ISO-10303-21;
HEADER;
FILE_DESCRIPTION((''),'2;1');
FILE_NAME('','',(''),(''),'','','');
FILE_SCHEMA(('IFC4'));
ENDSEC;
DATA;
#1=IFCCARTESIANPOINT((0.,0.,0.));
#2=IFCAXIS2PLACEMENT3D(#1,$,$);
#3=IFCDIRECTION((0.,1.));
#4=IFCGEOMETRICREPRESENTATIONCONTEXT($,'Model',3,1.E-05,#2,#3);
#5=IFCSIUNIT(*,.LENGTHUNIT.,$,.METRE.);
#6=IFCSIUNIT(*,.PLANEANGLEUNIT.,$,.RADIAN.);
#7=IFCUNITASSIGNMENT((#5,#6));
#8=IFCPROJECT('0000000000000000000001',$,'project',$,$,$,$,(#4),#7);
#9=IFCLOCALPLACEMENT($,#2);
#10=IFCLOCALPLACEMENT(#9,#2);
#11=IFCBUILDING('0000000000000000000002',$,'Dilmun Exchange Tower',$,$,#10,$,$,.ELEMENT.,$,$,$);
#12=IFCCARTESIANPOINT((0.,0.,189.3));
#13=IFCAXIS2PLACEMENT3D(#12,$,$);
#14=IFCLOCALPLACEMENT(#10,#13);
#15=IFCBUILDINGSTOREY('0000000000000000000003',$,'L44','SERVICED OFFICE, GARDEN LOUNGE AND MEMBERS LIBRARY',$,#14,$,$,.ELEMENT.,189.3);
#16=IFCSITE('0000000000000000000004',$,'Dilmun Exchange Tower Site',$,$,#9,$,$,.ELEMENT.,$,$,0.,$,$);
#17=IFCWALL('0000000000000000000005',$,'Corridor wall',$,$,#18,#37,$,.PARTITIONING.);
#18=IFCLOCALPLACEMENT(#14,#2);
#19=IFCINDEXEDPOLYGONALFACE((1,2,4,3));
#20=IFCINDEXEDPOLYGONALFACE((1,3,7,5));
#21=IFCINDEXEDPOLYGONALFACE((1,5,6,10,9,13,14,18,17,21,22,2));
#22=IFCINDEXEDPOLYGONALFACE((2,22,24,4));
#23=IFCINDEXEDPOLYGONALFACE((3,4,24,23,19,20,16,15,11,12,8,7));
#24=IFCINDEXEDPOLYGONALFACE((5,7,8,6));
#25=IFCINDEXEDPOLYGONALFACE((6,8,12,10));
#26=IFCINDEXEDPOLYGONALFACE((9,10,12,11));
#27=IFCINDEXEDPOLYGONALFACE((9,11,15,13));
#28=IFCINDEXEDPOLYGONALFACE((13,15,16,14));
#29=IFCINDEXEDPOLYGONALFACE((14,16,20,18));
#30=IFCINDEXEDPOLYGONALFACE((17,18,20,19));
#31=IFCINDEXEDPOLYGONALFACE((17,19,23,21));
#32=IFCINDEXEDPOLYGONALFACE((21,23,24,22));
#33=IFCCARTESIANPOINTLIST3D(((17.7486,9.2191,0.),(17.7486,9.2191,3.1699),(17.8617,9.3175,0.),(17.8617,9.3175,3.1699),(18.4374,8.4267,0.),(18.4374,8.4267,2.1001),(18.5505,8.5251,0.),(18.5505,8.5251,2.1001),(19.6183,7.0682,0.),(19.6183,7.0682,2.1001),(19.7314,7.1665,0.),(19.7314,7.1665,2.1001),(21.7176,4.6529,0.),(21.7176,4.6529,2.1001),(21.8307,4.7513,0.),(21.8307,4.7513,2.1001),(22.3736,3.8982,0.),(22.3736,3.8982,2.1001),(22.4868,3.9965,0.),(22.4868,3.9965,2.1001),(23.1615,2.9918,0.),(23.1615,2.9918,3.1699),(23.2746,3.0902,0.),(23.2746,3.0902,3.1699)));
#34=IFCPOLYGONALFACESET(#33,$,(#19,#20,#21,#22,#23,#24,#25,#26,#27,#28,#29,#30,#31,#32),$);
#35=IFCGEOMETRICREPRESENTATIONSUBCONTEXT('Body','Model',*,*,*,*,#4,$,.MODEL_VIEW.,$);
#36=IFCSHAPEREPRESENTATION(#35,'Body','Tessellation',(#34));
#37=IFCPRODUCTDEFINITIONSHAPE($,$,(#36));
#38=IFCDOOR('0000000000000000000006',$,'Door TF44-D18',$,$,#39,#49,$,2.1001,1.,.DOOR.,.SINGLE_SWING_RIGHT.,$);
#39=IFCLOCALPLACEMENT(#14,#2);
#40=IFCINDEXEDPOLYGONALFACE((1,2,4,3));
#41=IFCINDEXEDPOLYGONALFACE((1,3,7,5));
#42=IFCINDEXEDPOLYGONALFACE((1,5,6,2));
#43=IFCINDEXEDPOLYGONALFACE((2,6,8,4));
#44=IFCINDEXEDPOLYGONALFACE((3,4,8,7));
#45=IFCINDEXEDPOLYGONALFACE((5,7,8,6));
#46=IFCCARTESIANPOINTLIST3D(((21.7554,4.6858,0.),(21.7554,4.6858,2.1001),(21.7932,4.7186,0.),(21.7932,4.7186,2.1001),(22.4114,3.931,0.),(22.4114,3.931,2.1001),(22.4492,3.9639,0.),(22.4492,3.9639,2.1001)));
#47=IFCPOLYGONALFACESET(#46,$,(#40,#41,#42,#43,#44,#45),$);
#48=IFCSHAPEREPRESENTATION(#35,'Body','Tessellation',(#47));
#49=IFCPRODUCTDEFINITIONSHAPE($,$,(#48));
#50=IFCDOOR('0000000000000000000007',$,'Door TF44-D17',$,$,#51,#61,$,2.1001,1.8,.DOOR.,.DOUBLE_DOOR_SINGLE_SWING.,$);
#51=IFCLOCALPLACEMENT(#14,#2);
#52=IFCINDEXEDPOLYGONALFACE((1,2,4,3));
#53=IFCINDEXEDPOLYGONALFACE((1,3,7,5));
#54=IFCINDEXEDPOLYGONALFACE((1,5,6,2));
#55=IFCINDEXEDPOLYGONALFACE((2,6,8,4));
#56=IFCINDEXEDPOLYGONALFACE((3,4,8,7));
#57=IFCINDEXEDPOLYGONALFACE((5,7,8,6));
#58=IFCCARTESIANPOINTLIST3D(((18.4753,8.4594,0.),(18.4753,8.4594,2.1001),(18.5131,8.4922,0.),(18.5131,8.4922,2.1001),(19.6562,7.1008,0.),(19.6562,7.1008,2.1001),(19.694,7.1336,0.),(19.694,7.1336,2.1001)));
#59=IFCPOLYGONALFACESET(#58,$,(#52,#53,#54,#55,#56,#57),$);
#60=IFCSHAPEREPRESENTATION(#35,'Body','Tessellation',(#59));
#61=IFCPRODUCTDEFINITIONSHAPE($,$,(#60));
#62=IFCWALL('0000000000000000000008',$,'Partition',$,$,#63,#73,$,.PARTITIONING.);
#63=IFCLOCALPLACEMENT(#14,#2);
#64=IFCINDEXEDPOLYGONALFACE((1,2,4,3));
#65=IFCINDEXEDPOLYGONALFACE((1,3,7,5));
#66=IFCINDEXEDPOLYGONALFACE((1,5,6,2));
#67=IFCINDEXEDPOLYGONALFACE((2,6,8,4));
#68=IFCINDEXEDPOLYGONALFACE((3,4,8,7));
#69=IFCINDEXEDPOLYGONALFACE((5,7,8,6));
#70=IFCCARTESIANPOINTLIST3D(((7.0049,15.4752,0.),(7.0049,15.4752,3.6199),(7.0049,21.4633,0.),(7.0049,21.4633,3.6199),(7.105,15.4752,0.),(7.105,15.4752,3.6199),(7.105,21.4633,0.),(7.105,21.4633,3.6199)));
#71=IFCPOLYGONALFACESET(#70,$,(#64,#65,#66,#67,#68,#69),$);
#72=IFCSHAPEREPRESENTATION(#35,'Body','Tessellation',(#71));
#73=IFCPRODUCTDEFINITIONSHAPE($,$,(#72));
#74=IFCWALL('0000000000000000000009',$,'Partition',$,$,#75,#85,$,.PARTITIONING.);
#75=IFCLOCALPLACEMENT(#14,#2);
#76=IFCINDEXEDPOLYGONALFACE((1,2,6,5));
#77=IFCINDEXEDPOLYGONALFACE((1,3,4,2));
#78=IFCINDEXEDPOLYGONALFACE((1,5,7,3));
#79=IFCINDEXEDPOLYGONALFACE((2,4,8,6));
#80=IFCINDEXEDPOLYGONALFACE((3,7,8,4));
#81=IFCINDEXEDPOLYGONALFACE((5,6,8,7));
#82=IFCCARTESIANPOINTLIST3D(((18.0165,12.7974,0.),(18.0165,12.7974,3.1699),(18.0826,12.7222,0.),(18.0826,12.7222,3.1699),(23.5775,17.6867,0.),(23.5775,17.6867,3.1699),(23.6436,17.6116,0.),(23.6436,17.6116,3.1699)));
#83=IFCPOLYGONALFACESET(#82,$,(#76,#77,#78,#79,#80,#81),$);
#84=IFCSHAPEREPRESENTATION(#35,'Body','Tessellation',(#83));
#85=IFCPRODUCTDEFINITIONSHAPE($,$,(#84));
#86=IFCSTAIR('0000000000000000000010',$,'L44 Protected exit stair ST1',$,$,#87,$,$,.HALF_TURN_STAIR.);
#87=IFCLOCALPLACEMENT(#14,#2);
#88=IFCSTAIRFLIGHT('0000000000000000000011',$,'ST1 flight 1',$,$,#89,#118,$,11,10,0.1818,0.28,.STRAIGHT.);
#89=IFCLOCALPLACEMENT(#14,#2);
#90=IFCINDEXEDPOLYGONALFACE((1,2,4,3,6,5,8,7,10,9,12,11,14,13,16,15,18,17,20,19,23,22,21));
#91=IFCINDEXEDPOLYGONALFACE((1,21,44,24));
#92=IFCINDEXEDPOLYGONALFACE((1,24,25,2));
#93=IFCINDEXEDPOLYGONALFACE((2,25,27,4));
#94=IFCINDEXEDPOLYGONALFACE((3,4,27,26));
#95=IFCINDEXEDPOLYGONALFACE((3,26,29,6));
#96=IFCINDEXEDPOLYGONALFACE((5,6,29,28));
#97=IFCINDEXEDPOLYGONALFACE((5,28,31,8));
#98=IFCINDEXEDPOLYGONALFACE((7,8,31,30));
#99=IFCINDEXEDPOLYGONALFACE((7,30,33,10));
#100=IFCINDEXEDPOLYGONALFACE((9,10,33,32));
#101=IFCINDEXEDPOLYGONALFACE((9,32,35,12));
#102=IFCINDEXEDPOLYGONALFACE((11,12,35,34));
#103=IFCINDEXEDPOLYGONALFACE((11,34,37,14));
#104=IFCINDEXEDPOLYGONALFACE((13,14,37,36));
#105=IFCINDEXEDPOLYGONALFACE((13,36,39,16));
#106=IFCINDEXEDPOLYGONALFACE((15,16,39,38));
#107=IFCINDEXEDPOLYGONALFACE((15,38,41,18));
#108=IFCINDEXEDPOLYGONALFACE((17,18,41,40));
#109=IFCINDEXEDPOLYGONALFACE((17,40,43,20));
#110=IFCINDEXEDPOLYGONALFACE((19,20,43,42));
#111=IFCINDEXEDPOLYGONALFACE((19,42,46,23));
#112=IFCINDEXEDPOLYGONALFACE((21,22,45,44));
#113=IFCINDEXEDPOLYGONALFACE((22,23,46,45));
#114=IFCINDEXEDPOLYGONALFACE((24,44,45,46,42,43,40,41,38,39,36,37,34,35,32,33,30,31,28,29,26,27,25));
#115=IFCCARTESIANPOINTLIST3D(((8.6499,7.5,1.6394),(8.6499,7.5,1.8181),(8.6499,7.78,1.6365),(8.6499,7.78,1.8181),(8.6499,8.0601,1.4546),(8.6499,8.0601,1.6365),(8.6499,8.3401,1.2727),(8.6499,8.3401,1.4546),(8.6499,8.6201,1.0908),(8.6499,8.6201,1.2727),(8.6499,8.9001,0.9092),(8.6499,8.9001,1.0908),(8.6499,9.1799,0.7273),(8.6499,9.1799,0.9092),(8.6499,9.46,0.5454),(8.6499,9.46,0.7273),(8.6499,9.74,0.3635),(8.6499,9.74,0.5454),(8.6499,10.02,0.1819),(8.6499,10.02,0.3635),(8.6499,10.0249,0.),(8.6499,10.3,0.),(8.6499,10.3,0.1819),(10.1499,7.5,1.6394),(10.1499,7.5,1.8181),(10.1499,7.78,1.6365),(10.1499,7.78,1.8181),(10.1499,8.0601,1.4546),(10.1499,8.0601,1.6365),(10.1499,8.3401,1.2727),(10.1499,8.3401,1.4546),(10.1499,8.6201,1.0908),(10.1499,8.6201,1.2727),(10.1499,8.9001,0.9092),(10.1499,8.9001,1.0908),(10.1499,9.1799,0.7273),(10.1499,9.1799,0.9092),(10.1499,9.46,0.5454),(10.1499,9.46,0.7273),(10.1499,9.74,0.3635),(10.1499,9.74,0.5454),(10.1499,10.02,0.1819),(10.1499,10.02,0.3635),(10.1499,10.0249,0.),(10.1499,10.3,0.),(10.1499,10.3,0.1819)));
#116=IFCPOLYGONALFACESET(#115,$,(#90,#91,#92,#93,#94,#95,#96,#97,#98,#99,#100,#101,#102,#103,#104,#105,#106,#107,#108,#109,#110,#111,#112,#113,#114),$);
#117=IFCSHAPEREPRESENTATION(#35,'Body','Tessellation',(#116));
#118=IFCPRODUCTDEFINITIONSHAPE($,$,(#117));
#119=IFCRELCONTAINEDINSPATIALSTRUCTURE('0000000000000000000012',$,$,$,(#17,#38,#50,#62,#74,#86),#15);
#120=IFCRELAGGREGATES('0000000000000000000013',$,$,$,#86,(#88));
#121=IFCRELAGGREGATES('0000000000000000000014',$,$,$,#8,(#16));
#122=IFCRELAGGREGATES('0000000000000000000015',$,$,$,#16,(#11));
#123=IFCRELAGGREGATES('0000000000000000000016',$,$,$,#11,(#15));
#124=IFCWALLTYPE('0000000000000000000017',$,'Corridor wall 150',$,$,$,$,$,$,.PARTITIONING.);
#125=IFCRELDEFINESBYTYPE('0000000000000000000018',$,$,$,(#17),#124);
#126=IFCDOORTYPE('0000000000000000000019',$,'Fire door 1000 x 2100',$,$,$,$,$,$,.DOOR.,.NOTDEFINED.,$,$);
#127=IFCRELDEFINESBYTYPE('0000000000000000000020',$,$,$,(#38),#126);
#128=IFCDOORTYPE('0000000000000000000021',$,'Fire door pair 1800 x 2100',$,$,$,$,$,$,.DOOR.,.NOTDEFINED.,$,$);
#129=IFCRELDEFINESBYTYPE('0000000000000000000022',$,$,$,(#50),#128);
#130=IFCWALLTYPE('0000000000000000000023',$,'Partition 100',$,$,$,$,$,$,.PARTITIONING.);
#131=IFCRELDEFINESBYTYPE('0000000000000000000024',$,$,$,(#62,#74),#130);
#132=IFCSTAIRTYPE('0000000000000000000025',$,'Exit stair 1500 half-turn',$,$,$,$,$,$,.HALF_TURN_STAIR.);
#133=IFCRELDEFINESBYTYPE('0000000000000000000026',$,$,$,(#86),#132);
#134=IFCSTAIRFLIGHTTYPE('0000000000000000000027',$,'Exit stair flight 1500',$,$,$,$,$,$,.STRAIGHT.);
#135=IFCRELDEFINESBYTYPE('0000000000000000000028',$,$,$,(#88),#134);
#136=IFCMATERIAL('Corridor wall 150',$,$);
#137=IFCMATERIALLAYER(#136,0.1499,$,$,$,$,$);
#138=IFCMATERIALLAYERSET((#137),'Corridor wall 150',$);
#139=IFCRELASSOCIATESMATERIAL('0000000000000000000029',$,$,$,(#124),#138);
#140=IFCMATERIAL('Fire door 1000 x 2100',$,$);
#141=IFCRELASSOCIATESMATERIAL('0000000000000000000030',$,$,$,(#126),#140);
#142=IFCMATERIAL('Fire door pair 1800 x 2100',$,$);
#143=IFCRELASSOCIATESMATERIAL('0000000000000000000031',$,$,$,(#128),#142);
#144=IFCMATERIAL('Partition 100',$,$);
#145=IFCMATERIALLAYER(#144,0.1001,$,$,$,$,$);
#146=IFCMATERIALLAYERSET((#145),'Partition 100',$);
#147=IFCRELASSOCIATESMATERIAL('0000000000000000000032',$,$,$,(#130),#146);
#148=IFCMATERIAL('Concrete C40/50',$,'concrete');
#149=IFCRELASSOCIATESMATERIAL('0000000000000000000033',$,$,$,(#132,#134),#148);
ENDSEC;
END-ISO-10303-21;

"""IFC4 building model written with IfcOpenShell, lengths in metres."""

from ifc_helpers import new_model, si_unit, direction, frame, frame_2d, origin, place, context, subcontext, project, spatial, polyline, rectangle, outline, extrude, material, layer, layer_set, type_object, element, fill, aggregate, save


model = new_model("IFC4")

# Units and contexts
model_context = context("Model", 3, precision=1e-05, world=origin(), true_north=direction((0.0, 1.0)))
body_context = subcontext(model_context, "Body", "Model", "MODEL_VIEW")
ifc_project = project(units=[si_unit("LENGTHUNIT", "METRE"), si_unit("PLANEANGLEUNIT", "RADIAN")], contexts=[model_context])

# Site, building, storey
site_placement = place(None, origin())
site = spatial("IfcSite", under=ifc_project, at=site_placement, Name="Dilmun Exchange Tower Site", CompositionType="ELEMENT", RefElevation=0.0)
building_placement = place(site_placement, origin())
building = spatial("IfcBuilding", under=site, at=building_placement, Name="Dilmun Exchange Tower", CompositionType="ELEMENT")
storey_placement = place(building_placement, frame((0.0, 0.0, 189.3)))
storey = spatial("IfcBuildingStorey", under=building, at=storey_placement, Name="L44", Description="SERVICED OFFICE, GARDEN LOUNGE AND MEMBERS LIBRARY", CompositionType="ELEMENT", Elevation=189.3)

# Shared definitions
ifc_material_1 = material(Name="Concrete C40/50", Category="concrete")

# Shared definitions
ifc_material_2 = material(Name="Corridor wall 150")
ifc_layer_1 = layer(ifc_material_2, 0.1499)
ifc_layer_set_1 = layer_set([ifc_layer_1], Name="Corridor wall 150")
wall_type_1 = type_object("IfcWallType", Name="Corridor wall 150", PredefinedType="PARTITIONING", material=ifc_layer_set_1)

# Shared definitions
ifc_material_3 = material(Name="Fire door 1000 x 2100")
door_type_1 = type_object("IfcDoorType", Name="Fire door 1000 x 2100", OperationType="NOTDEFINED", PredefinedType="DOOR", material=ifc_material_3)

# Wall, openings, doors
wall_1_placement = place(storey_placement, frame((17.8052, 9.2683, 0.0), z_axis=(0.0, 0.0, 1.0), x_axis=(0.656027, -0.754737, 0.0)))
wall_1 = element("IfcWall", 1, at=wall_1_placement, inside=storey, type_object=wall_type_1, Name="Corridor wall", PredefinedType="PARTITIONING", context=body_context, shape_type="SweptSolid", body=[
    extrude(rectangle(XDim=8.251, YDim=0.1499, at=frame_2d((4.1255, 0.0))), origin(), (0.0, 0.0, 1.0), 3.1699),
])
opening_1_placement = place(wall_1_placement, frame((1.05, 0.0, 0.0)))
opening_1 = element("IfcOpeningElement", 2, at=opening_1_placement, cuts=wall_1, PredefinedType="OPENING", context=body_context, shape_type="SweptSolid", body=[
    extrude(rectangle(XDim=1.8, YDim=2.1001, at=frame_2d((0.8999, 1.05))), frame((0.0, 0.085, 0.0), z_axis=(0.0, -1.0, 0.0), x_axis=(1.0, 0.0, 0.0)), (0.0, 0.0, 1.0), 0.1699),
])
opening_2_placement = place(wall_1_placement, frame((6.05, 0.0, 0.0)))
opening_2 = element("IfcOpeningElement", 3, at=opening_2_placement, cuts=wall_1, PredefinedType="OPENING", context=body_context, shape_type="SweptSolid", body=[
    extrude(rectangle(XDim=1.0, YDim=2.1001, at=frame_2d((0.5, 1.05))), frame((0.0, 0.085, 0.0), z_axis=(0.0, -1.0, 0.0), x_axis=(1.0, 0.0, 0.0)), (0.0, 0.0, 1.0), 0.1699),
])
door_1_placement = place(opening_2_placement, frame((1.0, 0.0, 0.0), z_axis=(0.0, 0.0, 1.0), x_axis=(-1.0, 0.0, 0.0)))
door_1 = element("IfcDoor", 4, at=door_1_placement, inside=storey, type_object=door_type_1, Name="Door TF44-D18", OperationType="SINGLE_SWING_RIGHT", OverallHeight=2.1001, OverallWidth=1.0, PredefinedType="DOOR", context=body_context, shape_type="SweptSolid", body=[
    extrude(rectangle(XDim=1.0, YDim=2.1001, at=frame_2d((0.5, 1.05))), frame((0.0, 0.0249, 0.0), z_axis=(0.0, -1.0, 0.0), x_axis=(1.0, 0.0, 0.0)), (0.0, 0.0, 1.0), 0.05),
])
fill(opening_2, door_1)
ifc_material_4 = material(Name="Fire door pair 1800 x 2100")
door_type_2 = type_object("IfcDoorType", Name="Fire door pair 1800 x 2100", OperationType="NOTDEFINED", PredefinedType="DOOR", material=ifc_material_4)
door_2_placement = place(opening_1_placement, frame((1.8, 0.0, 0.0), z_axis=(0.0, 0.0, 1.0), x_axis=(-1.0, 0.0, 0.0)))
door_2 = element("IfcDoor", 5, at=door_2_placement, inside=storey, type_object=door_type_2, Name="Door TF44-D17", OperationType="DOUBLE_DOOR_SINGLE_SWING", OverallHeight=2.1001, OverallWidth=1.8, PredefinedType="DOOR", context=body_context, shape_type="SweptSolid", body=[
    extrude(rectangle(XDim=1.8, YDim=2.1001, at=frame_2d((0.8999, 1.05))), frame((0.0, 0.0249, 0.0), z_axis=(0.0, -1.0, 0.0), x_axis=(1.0, 0.0, 0.0)), (0.0, 0.0, 1.0), 0.05),
])
fill(opening_1, door_2)

# Walls
ifc_material_5 = material(Name="Partition 100")
ifc_layer_2 = layer(ifc_material_5, 0.1001)
ifc_layer_set_2 = layer_set([ifc_layer_2], Name="Partition 100")
wall_type_2 = type_object("IfcWallType", Name="Partition 100", PredefinedType="PARTITIONING", material=ifc_layer_set_2)
wall_2_placement = place(storey_placement, frame((7.0549, 15.4751, 0.0), z_axis=(0.0, 0.0, 1.0), x_axis=(0.0, 1.0, 0.0)))
element("IfcWall", 6, at=wall_2_placement, inside=storey, type_object=wall_type_2, Name="Partition", PredefinedType="PARTITIONING", context=body_context, shape_type="SweptSolid", body=[
    extrude(rectangle(XDim=5.988, YDim=0.1001, at=frame_2d((2.9941, 0.0))), origin(), (0.0, 0.0, 1.0), 3.6199),
])
wall_3_placement = place(storey_placement, frame((18.0496, 12.7598, 0.0), z_axis=(0.0, 0.0, 1.0), x_axis=(0.751002, 0.6603, 0.0)))
element("IfcWall", 7, at=wall_3_placement, inside=storey, type_object=wall_type_2, Name="Partition", PredefinedType="PARTITIONING", context=body_context, shape_type="SweptSolid", body=[
    extrude(rectangle(XDim=7.4048, YDim=0.1001, at=frame_2d((3.7024, 0.0))), origin(), (0.0, 0.0, 1.0), 3.1699),
])

# Stair, stair flight
stair_type = type_object("IfcStairType", Name="Exit stair 1500 half-turn", PredefinedType="HALF_TURN_STAIR", material=ifc_material_1)
stair_placement = place(storey_placement, origin())
stair = element("IfcStair", 8, at=stair_placement, inside=storey, type_object=stair_type, Name="L44 Protected exit stair ST1", PredefinedType="HALF_TURN_STAIR")
stair_flight_type = type_object("IfcStairFlightType", Name="Exit stair flight 1500", PredefinedType="STRAIGHT", material=ifc_material_1)
stair_flight_placement = place(storey_placement, frame((9.3999, 10.3, 0.0), z_axis=(0.0, 0.0, 1.0), x_axis=(0.0, -1.0, 0.0)))
stair_flight = element("IfcStairFlight", 9, at=stair_flight_placement, type_object=stair_flight_type, Name="ST1 flight 1", NumberOfRisers=11, NumberOfTreads=10, PredefinedType="STRAIGHT", RiserHeight=0.1818, TreadLength=0.28, context=body_context, shape_type="SweptSolid", body=[
    extrude(outline(polyline([(0.0, 0.0), (0.0, 0.1819), (0.28, 0.1819), (0.28, 0.3635), (0.5601, 0.3635), (0.5601, 0.5454), (0.8401, 0.5454), (0.8401, 0.7273), (1.1201, 0.7273), (1.1201, 0.9092), (1.3999, 0.9092), (1.3999, 1.0908), (1.6799, 1.0908), (1.6799, 1.2727), (1.96, 1.2727), (1.96, 1.4546), (2.24, 1.4546), (2.24, 1.6365), (2.52, 1.6365), (2.52, 1.8181), (2.8, 1.8181), (2.8, 2.0), (2.8, 1.6394), (0.2751, 0.0), (0.0, 0.0)])), frame((0.0, 0.75, 0.0), z_axis=(0.0, -1.0, 0.0), x_axis=(1.0, 0.0, 0.0)), (0.0, 0.0, 1.0), 1.5),
])
aggregate(stair, [stair_flight])

save(model, "model.ifc")
